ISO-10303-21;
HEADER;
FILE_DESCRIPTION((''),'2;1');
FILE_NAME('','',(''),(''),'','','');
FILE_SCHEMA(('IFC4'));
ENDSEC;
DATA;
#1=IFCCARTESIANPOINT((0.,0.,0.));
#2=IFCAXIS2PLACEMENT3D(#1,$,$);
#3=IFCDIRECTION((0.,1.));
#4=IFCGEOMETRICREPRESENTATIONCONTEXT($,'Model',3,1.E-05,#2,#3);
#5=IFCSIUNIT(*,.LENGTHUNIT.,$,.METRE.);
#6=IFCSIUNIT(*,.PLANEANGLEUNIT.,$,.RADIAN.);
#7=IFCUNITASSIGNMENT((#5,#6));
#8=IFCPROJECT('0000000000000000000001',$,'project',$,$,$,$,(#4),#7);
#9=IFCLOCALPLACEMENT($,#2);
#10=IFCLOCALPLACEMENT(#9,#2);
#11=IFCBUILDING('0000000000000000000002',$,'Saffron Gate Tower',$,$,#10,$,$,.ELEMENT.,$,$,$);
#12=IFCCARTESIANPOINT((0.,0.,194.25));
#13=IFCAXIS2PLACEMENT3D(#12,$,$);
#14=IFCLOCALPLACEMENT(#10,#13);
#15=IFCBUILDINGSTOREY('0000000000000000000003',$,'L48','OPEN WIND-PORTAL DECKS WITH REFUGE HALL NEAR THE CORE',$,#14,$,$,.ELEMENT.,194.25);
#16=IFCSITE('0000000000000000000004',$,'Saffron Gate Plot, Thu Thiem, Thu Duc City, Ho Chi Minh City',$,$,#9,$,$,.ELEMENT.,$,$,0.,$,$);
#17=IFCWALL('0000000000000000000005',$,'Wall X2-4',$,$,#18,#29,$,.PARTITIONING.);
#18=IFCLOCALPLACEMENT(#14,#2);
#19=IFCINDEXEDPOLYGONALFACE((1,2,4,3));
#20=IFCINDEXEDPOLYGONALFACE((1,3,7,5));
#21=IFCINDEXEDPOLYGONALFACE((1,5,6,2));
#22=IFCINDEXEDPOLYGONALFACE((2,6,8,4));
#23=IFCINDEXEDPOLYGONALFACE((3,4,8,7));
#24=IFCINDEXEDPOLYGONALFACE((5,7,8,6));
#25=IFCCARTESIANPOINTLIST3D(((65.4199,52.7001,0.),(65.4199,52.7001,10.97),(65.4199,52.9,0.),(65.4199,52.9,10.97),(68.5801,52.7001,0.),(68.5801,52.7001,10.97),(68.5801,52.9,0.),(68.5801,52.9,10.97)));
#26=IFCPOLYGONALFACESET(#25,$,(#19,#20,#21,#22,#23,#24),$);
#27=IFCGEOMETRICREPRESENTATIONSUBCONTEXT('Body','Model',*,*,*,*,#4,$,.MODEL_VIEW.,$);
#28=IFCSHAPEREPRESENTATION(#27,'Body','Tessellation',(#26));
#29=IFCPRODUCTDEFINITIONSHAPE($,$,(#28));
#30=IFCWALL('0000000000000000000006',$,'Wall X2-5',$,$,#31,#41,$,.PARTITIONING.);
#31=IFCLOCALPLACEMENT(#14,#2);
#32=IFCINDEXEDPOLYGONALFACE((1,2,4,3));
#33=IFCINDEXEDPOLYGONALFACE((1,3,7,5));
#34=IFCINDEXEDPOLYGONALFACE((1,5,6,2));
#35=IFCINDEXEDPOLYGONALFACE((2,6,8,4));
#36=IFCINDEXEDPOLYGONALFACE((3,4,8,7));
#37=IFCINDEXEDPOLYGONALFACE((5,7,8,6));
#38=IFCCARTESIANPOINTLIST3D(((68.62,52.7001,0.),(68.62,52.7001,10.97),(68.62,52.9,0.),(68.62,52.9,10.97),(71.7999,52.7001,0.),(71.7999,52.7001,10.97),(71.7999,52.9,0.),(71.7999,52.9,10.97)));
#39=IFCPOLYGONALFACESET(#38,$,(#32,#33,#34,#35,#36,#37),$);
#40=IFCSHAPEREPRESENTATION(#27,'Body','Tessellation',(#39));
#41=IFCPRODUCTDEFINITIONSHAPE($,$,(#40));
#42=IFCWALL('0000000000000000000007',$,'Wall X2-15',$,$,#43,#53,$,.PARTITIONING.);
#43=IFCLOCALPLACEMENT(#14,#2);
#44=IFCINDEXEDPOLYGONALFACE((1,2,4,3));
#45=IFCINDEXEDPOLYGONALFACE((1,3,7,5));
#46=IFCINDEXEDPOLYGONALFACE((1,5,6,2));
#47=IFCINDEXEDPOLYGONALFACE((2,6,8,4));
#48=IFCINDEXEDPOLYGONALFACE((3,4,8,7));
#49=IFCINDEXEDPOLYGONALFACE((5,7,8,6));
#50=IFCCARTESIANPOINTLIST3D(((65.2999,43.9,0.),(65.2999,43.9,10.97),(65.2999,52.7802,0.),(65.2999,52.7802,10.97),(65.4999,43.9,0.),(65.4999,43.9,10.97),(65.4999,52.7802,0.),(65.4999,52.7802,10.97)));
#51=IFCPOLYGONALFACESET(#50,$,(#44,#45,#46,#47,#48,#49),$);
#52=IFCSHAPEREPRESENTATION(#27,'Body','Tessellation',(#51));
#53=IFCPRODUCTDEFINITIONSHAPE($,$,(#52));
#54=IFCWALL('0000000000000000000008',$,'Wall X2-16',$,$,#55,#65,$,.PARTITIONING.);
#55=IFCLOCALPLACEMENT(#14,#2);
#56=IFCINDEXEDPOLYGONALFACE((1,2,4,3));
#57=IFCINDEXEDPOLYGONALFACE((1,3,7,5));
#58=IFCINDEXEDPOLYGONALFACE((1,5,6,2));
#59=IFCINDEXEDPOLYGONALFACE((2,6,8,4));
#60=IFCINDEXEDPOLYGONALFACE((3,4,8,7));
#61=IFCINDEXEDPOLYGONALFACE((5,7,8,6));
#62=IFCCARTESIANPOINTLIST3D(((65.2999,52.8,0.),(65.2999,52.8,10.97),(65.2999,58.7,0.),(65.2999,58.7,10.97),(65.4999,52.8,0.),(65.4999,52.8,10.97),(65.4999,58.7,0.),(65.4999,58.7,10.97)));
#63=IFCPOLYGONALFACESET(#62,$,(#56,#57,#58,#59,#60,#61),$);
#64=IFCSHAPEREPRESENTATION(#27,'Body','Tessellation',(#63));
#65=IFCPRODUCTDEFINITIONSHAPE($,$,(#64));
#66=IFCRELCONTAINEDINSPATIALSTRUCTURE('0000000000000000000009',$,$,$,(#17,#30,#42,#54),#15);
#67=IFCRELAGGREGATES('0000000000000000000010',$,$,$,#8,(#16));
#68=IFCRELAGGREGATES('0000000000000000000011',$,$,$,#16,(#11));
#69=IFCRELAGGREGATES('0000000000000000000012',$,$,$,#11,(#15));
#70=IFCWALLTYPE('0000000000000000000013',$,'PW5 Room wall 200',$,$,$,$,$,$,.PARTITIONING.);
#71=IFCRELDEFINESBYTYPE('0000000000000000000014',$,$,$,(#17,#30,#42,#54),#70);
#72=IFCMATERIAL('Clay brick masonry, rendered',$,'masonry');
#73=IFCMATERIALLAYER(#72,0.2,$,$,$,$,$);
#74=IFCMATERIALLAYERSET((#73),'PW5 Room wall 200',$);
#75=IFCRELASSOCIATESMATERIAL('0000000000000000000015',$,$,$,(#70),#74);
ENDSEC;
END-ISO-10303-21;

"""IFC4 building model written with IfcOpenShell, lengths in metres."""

from ifc_helpers import new_model, si_unit, direction, frame, frame_2d, origin, place, context, subcontext, project, spatial, rectangle, extrude, material, layer, layer_set, type_object, element, save


model = new_model("IFC4")

# Units and contexts
model_context = context("Model", 3, precision=1e-05, world=origin(), true_north=direction((0.0, 1.0)))
body_context = subcontext(model_context, "Body", "Model", "MODEL_VIEW")
ifc_project = project(units=[si_unit("LENGTHUNIT", "METRE"), si_unit("PLANEANGLEUNIT", "RADIAN")], contexts=[model_context])

# Site, building, storey
site_placement = place(None, origin())
site = spatial("IfcSite", under=ifc_project, at=site_placement, Name="Saffron Gate Plot, Thu Thiem, Thu Duc City, Ho Chi Minh City", CompositionType="ELEMENT", RefElevation=0.0)
building_placement = place(site_placement, origin())
building = spatial("IfcBuilding", under=site, at=building_placement, Name="Saffron Gate Tower", CompositionType="ELEMENT")
storey_placement = place(building_placement, frame((0.0, 0.0, 194.25)))
storey = spatial("IfcBuildingStorey", under=building, at=storey_placement, Name="L48", Description="OPEN WIND-PORTAL DECKS WITH REFUGE HALL NEAR THE CORE", CompositionType="ELEMENT", Elevation=194.25)

# Walls
ifc_material_1 = material(Name="Clay brick masonry, rendered", Category="masonry")
ifc_layer_1 = layer(ifc_material_1, 0.2)
ifc_layer_set_1 = layer_set([ifc_layer_1], Name="PW5 Room wall 200")
wall_type_1 = type_object("IfcWallType", Name="PW5 Room wall 200", PredefinedType="PARTITIONING", material=ifc_layer_set_1)
wall_1_placement = place(storey_placement, frame((65.4199, 52.8, 0.0), z_axis=(0.0, 0.0, 1.0), x_axis=(1.0, 0.0, 0.0)))
element("IfcWall", 1, at=wall_1_placement, inside=storey, type_object=wall_type_1, Name="Wall X2-4", PredefinedType="PARTITIONING", context=body_context, shape_type="SweptSolid", body=[
    extrude(rectangle(XDim=3.1602, YDim=0.2, at=frame_2d((1.5801, 0.0))), origin(), (0.0, 0.0, 1.0), 10.97),
])
wall_2_placement = place(storey_placement, frame((68.6201, 52.8, 0.0), z_axis=(0.0, 0.0, 1.0), x_axis=(1.0, 0.0, 0.0)))
element("IfcWall", 2, at=wall_2_placement, inside=storey, type_object=wall_type_1, Name="Wall X2-5", PredefinedType="PARTITIONING", context=body_context, shape_type="SweptSolid", body=[
    extrude(rectangle(XDim=3.1799, YDim=0.2, at=frame_2d((1.5898, 0.0))), origin(), (0.0, 0.0, 1.0), 10.97),
])
wall_3_placement = place(storey_placement, frame((65.3999, 52.78, 0.0), z_axis=(0.0, 0.0, 1.0), x_axis=(0.0, -1.0, 0.0)))
element("IfcWall", 3, at=wall_3_placement, inside=storey, type_object=wall_type_1, Name="Wall X2-15", PredefinedType="PARTITIONING", context=body_context, shape_type="SweptSolid", body=[
    extrude(rectangle(XDim=8.8801, YDim=0.2, at=frame_2d((4.4399, 0.0))), origin(), (0.0, 0.0, 1.0), 10.97),
])
wall_4_placement = place(storey_placement, frame((65.3999, 58.7, 0.0), z_axis=(0.0, 0.0, 1.0), x_axis=(0.0, -1.0, 0.0)))
element("IfcWall", 4, at=wall_4_placement, inside=storey, type_object=wall_type_1, Name="Wall X2-16", PredefinedType="PARTITIONING", context=body_context, shape_type="SweptSolid", body=[
    extrude(rectangle(XDim=5.8999, YDim=0.2, at=frame_2d((2.95, 0.0))), origin(), (0.0, 0.0, 1.0), 10.97),
])

save(model, "model.ifc")
